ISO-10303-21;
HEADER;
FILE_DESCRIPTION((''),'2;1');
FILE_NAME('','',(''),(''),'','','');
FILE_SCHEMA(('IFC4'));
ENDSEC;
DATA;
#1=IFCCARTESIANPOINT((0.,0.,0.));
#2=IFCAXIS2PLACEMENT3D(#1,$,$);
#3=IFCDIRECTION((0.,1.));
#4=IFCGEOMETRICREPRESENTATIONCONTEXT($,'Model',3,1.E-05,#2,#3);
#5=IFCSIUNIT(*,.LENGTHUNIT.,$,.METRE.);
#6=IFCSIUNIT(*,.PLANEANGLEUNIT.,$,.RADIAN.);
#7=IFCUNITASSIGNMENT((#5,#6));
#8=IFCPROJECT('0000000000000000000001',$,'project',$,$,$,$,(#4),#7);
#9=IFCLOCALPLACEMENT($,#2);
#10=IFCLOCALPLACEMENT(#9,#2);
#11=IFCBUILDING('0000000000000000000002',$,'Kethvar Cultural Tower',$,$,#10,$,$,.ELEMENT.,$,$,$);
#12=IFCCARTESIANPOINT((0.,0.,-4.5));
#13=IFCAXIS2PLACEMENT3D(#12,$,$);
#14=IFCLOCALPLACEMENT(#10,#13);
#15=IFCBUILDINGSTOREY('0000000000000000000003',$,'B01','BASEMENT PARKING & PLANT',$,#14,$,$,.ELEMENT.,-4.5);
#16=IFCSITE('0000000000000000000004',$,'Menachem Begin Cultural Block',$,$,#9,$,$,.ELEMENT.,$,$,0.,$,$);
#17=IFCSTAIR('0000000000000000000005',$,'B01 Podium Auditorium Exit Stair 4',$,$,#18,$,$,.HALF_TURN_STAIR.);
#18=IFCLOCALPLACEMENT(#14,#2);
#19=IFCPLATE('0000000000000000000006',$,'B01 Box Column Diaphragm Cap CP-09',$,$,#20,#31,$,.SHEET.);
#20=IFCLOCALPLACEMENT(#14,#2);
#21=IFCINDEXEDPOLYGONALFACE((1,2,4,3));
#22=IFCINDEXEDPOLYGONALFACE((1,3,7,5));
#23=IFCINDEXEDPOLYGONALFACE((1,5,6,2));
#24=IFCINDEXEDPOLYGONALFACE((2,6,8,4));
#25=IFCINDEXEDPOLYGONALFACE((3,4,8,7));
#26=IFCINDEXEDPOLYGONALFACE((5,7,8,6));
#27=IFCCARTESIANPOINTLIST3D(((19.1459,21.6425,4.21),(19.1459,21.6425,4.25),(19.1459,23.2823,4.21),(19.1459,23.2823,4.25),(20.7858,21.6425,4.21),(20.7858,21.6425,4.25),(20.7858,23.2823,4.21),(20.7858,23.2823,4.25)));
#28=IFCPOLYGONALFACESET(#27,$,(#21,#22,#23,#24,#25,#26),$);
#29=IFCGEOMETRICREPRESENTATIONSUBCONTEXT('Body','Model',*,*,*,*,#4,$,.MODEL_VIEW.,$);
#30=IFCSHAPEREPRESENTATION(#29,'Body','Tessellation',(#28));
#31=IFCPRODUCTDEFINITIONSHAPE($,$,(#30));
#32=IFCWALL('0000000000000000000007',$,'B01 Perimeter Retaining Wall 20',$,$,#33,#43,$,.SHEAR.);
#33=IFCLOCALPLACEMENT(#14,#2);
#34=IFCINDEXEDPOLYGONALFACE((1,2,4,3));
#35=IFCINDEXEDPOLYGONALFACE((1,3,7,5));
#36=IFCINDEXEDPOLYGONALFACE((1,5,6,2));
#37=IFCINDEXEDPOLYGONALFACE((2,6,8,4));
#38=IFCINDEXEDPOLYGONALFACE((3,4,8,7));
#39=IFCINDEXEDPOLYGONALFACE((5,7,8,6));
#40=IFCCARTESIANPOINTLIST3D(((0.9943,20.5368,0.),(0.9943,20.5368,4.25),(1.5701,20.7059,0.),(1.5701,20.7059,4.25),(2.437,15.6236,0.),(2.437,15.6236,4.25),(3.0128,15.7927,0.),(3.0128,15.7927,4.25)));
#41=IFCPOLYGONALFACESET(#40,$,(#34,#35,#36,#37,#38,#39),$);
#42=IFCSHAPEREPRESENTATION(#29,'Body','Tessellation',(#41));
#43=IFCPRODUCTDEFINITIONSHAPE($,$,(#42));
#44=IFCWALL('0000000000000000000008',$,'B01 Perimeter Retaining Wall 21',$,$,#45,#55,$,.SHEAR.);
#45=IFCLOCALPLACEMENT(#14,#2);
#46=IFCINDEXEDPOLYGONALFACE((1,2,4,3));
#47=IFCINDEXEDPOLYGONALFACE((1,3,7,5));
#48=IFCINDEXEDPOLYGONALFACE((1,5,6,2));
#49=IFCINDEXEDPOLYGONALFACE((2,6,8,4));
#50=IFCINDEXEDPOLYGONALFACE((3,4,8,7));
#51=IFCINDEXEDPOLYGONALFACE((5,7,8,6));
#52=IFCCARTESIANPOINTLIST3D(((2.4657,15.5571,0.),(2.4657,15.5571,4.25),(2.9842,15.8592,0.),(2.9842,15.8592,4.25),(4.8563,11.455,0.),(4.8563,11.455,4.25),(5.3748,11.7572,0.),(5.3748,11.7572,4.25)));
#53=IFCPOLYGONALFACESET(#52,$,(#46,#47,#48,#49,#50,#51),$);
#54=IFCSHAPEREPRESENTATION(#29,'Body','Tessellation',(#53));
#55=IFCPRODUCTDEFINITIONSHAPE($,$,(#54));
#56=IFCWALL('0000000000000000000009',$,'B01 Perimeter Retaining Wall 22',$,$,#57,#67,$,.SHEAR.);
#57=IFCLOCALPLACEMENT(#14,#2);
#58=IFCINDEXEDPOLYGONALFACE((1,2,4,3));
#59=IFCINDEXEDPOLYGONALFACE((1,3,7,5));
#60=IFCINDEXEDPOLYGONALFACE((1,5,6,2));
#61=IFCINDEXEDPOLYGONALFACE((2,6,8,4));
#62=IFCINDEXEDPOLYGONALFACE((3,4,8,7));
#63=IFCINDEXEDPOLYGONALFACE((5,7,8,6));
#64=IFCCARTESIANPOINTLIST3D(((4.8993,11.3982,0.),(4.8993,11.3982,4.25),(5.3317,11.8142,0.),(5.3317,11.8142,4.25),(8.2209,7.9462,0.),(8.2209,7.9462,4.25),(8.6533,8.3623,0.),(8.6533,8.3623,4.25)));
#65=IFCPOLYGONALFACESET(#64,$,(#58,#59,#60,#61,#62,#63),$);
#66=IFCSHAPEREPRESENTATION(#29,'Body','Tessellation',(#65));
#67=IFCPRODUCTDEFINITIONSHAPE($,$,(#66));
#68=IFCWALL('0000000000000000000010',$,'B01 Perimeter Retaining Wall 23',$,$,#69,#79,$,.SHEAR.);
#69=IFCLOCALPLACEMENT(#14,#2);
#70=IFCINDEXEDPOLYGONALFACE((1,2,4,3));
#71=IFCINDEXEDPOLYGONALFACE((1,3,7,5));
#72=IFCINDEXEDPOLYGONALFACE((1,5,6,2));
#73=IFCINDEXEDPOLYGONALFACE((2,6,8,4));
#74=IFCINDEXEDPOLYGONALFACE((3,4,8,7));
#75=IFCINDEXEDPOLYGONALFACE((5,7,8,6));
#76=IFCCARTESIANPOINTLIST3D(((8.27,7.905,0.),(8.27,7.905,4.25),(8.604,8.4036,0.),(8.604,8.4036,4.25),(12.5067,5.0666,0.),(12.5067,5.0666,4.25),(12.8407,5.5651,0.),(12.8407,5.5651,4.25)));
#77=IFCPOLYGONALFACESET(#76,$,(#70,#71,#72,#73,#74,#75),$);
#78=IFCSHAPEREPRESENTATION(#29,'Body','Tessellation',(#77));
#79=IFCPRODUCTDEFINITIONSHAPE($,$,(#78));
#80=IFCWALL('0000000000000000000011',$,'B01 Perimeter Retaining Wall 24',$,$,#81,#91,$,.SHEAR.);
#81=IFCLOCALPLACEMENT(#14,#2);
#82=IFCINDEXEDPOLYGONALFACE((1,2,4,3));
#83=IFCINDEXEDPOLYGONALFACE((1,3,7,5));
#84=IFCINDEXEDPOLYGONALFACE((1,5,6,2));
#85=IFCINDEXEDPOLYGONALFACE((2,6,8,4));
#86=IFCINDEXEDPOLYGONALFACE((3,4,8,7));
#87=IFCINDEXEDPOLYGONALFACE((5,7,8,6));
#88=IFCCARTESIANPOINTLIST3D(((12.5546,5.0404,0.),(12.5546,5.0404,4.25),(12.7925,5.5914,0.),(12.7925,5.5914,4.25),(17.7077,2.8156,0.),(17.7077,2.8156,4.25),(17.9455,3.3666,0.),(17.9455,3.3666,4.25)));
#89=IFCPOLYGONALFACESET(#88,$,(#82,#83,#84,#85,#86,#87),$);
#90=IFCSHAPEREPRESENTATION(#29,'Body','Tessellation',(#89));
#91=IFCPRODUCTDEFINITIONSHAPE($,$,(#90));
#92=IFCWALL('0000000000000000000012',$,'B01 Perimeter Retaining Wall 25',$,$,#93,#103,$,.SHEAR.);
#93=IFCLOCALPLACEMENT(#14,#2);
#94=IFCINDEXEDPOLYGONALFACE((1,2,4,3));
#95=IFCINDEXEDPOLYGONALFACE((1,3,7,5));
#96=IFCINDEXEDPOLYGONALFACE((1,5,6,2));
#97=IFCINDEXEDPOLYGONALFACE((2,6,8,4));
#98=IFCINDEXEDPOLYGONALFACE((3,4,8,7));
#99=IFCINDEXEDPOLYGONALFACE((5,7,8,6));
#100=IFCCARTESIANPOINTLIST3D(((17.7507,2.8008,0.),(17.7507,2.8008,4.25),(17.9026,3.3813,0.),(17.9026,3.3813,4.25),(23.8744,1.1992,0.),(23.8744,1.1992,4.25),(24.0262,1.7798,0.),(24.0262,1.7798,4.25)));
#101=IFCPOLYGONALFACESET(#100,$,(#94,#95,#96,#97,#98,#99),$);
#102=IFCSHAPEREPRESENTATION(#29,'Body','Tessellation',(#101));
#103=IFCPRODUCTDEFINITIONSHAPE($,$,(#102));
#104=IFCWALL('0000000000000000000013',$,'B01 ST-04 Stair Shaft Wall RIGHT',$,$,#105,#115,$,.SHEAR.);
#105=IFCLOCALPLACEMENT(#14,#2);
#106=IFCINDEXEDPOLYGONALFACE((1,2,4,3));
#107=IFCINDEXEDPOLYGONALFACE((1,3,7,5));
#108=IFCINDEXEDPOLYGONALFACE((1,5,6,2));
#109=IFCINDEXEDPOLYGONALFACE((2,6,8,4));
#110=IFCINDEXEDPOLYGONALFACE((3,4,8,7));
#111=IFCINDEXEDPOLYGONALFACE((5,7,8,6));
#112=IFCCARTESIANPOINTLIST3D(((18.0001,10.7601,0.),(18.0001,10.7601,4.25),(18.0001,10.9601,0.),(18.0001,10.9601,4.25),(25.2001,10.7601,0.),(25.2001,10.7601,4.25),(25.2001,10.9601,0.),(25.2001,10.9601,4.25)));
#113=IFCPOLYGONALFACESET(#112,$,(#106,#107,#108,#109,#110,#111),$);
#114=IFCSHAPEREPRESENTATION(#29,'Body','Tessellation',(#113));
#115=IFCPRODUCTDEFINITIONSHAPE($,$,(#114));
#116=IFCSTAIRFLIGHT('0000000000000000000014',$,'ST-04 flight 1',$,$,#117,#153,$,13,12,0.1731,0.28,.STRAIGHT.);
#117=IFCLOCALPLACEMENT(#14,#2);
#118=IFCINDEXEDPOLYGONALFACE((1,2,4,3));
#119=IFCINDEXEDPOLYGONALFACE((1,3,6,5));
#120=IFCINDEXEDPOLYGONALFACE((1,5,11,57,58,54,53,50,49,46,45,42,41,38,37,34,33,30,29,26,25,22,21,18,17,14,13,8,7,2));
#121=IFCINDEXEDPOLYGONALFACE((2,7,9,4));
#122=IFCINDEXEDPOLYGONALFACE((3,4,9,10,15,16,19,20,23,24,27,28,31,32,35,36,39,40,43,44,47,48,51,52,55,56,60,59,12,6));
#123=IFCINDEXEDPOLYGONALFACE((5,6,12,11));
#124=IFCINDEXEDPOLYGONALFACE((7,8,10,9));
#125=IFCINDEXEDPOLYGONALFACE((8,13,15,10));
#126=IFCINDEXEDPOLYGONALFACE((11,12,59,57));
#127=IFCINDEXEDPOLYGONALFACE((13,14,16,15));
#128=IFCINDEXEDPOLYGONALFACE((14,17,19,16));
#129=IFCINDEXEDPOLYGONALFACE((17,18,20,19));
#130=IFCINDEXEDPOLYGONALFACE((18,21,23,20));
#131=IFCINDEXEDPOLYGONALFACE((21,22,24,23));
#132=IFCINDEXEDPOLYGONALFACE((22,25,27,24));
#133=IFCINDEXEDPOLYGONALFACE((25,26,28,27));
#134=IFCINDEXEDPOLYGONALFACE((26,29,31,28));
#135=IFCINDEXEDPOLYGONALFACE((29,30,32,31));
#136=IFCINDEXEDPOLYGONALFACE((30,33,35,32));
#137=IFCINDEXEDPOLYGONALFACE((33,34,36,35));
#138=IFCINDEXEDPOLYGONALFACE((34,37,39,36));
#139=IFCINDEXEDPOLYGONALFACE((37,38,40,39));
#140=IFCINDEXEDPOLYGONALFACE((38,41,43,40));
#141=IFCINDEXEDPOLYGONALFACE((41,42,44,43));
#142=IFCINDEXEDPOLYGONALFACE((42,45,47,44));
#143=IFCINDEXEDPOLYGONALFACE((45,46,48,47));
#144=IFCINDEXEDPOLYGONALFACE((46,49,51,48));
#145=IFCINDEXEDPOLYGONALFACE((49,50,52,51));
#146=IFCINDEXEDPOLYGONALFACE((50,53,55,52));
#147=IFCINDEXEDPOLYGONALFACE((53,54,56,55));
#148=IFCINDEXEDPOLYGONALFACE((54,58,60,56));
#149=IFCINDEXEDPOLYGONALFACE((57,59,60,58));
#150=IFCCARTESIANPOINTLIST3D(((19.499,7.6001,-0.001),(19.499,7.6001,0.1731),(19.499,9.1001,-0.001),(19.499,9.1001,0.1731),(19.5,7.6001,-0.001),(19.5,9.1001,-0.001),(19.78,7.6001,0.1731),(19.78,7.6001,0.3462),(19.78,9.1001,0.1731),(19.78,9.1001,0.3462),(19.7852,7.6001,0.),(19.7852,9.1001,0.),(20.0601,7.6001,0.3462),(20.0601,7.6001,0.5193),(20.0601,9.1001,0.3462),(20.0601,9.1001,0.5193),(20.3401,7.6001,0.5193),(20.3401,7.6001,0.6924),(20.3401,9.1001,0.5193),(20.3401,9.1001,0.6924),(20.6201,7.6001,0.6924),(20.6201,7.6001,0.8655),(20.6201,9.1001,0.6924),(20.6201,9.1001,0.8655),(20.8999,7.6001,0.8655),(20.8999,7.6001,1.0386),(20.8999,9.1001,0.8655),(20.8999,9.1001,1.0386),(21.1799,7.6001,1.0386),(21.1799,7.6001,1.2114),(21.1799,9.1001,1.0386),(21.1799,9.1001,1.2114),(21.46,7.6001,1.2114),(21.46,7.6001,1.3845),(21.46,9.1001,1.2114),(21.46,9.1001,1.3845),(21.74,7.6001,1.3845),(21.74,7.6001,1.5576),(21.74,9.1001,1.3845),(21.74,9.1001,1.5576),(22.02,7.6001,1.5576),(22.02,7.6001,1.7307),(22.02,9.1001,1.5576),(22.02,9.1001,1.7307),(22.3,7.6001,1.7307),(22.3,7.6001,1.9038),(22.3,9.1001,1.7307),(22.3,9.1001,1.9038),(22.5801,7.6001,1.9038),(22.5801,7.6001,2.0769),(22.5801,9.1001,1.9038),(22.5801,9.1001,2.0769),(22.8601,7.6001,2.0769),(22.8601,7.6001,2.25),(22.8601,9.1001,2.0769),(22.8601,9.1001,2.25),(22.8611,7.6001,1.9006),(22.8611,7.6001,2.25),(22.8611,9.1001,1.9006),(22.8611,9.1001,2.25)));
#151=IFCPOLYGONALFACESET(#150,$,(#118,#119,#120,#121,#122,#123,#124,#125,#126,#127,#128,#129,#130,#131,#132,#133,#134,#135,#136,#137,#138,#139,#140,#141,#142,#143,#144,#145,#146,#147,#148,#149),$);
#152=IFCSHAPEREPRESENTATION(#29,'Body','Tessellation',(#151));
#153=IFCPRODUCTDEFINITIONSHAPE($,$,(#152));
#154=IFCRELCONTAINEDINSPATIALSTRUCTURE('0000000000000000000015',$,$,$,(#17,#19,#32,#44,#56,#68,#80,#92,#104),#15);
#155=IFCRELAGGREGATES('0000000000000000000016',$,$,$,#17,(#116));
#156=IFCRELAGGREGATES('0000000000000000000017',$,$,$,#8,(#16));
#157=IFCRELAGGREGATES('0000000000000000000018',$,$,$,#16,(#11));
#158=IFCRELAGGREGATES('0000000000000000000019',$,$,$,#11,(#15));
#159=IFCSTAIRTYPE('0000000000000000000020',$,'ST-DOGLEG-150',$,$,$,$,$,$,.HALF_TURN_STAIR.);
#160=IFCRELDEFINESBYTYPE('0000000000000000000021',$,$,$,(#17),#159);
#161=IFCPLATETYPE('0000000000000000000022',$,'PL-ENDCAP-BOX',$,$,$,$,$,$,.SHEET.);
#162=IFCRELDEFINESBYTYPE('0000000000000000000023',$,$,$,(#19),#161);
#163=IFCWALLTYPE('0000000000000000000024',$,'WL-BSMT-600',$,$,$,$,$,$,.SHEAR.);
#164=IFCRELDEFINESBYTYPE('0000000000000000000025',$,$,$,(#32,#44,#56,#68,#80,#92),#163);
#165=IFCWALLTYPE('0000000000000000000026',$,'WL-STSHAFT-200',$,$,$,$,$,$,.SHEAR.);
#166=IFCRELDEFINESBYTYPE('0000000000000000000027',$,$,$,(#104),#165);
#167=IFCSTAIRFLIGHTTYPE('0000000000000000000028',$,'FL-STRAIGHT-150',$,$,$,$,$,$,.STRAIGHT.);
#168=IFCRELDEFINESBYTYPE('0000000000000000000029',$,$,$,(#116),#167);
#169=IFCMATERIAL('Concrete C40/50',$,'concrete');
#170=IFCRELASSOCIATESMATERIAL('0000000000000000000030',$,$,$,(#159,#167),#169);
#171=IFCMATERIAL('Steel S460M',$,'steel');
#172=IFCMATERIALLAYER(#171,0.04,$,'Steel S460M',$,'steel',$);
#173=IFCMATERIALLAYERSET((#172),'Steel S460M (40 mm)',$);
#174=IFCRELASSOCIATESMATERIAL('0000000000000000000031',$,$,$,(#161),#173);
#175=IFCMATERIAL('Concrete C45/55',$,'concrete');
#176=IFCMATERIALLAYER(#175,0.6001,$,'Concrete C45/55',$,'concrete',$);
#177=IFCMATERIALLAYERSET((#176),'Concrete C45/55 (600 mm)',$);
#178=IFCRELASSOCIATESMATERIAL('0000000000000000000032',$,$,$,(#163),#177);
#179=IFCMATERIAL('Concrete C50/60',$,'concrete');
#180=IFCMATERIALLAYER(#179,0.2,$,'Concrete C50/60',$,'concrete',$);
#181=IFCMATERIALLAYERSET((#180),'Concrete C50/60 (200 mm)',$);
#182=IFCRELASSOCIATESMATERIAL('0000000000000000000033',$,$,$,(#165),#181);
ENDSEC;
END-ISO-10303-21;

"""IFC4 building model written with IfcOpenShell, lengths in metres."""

from ifc_helpers import new_model, si_unit, direction, frame, frame_2d, origin, origin_2d, place, context, subcontext, project, spatial, polyline, rectangle, outline, extrude, source, transform, mapped, material, layer, layer_set, type_object, element, aggregate, save


model = new_model("IFC4")

# Units and contexts
model_context = context("Model", 3, precision=1e-05, world=origin(), true_north=direction((0.0, 1.0)))
body_context = subcontext(model_context, "Body", "Model", "MODEL_VIEW")
ifc_project = project(units=[si_unit("LENGTHUNIT", "METRE"), si_unit("PLANEANGLEUNIT", "RADIAN")], contexts=[model_context])

# Site, building, storey
site_placement = place(None, origin())
site = spatial("IfcSite", under=ifc_project, at=site_placement, Name="Menachem Begin Cultural Block", CompositionType="ELEMENT", RefElevation=0.0)
building_placement = place(site_placement, origin())
building = spatial("IfcBuilding", under=site, at=building_placement, Name="Kethvar Cultural Tower", CompositionType="ELEMENT")
storey_placement = place(building_placement, frame((0.0, 0.0, -4.5)))
storey = spatial("IfcBuildingStorey", under=building, at=storey_placement, Name="B01", Description="BASEMENT PARKING & PLANT", CompositionType="ELEMENT", Elevation=-4.5)

# Shared definitions
ifc_material_1 = material(Name="Concrete C50/60", Category="concrete")
ifc_material_2 = material(Name="Steel S460M", Category="steel")

# Shared definitions
ifc_material_3 = material(Name="Concrete C40/50", Category="concrete")

# Stair
stair_type_1 = type_object("IfcStairType", Name="ST-DOGLEG-150", PredefinedType="HALF_TURN_STAIR", material=ifc_material_3)
stair_1_placement = place(storey_placement, origin())
stair_1 = element("IfcStair", 1, at=stair_1_placement, inside=storey, type_object=stair_type_1, Name="B01 Podium Auditorium Exit Stair 4", PredefinedType="HALF_TURN_STAIR")

# Plate
ifc_layer_1 = layer(ifc_material_2, 0.04, Name="Steel S460M", Category="steel")
ifc_layer_set_1 = layer_set([ifc_layer_1], Name="Steel S460M (40 mm)")
plate_type = type_object("IfcPlateType", Name="PL-ENDCAP-BOX", PredefinedType="SHEET", material=ifc_layer_set_1)
shared_shape_1 = source(origin(), body_context, "Body", "SweptSolid", [
    extrude(rectangle(XDim=1.6399, YDim=1.6399, at=origin_2d()), origin(), (0.0, 0.0, 1.0), 0.04),
])
plate_placement = place(storey_placement, frame((19.9658, 22.4624, 4.21), z_axis=(0.0, 0.0, 1.0), x_axis=(1.0, 0.0, 0.0)))
element("IfcPlate", 2, at=plate_placement, inside=storey, type_object=plate_type, Name="B01 Box Column Diaphragm Cap CP-09", PredefinedType="SHEET", context=body_context, shape_type="MappedRepresentation", body=[
    mapped(shared_shape_1, transform((0.0, 0.0, 0.0), scale=1.0)),
])

# Walls
ifc_material_4 = material(Name="Concrete C45/55", Category="concrete")
ifc_layer_2 = layer(ifc_material_4, 0.6001, Name="Concrete C45/55", Category="concrete")
ifc_layer_set_2 = layer_set([ifc_layer_2], Name="Concrete C45/55 (600 mm)")
wall_type_1 = type_object("IfcWallType", Name="WL-BSMT-600", PredefinedType="SHEAR", material=ifc_layer_set_2)
wall_1_placement = place(storey_placement, frame((1.2822, 20.6213, 0.0), z_axis=(0.0, 0.0, 1.0), x_axis=(0.281735, -0.959492, 0.0)))
element("IfcWall", 3, at=wall_1_placement, inside=storey, type_object=wall_type_1, Name="B01 Perimeter Retaining Wall 20", PredefinedType="SHEAR", context=body_context, shape_type="SweptSolid", body=[
    extrude(rectangle(XDim=5.1206, YDim=0.6001, at=frame_2d((2.5603, 0.0))), origin(), (0.0, 0.0, 1.0), 4.25),
])
wall_2_placement = place(storey_placement, frame((2.7249, 15.7083, 0.0), z_axis=(0.0, 0.0, 1.0), x_axis=(0.503519, -0.863984, 0.0)))
element("IfcWall", 4, at=wall_2_placement, inside=storey, type_object=wall_type_1, Name="B01 Perimeter Retaining Wall 21", PredefinedType="SHEAR", context=body_context, shape_type="SweptSolid", body=[
    extrude(rectangle(XDim=4.7478, YDim=0.6001, at=frame_2d((2.374, 0.0))), origin(), (0.0, 0.0, 1.0), 4.25),
])
wall_3_placement = place(storey_placement, frame((5.1155, 11.6062, 0.0), z_axis=(0.0, 0.0, 1.0), x_axis=(0.693368, -0.720583, 0.0)))
element("IfcWall", 5, at=wall_3_placement, inside=storey, type_object=wall_type_1, Name="B01 Perimeter Retaining Wall 22", PredefinedType="SHEAR", context=body_context, shape_type="SweptSolid", body=[
    extrude(rectangle(XDim=4.7905, YDim=0.6001, at=frame_2d((2.3953, 0.0))), origin(), (0.0, 0.0, 1.0), 4.25),
])
wall_4_placement = place(storey_placement, frame((8.437, 8.1543, 0.0), z_axis=(0.0, 0.0, 1.0), x_axis=(0.830781, -0.556599, 0.0)))
element("IfcWall", 6, at=wall_4_placement, inside=storey, type_object=wall_type_1, Name="B01 Perimeter Retaining Wall 23", PredefinedType="SHEAR", context=body_context, shape_type="SweptSolid", body=[
    extrude(rectangle(XDim=5.0996, YDim=0.6001, at=frame_2d((2.5498, 0.0))), origin(), (0.0, 0.0, 1.0), 4.25),
])
wall_5_placement = place(storey_placement, frame((12.6736, 5.3159, 0.0), z_axis=(0.0, 0.0, 1.0), x_axis=(0.918084, -0.396385, 0.0)))
element("IfcWall", 7, at=wall_5_placement, inside=storey, type_object=wall_type_1, Name="B01 Perimeter Retaining Wall 24", PredefinedType="SHEAR", context=body_context, shape_type="SweptSolid", body=[
    extrude(rectangle(XDim=5.6128, YDim=0.6001, at=frame_2d((2.8064, 0.0))), origin(), (0.0, 0.0, 1.0), 4.25),
])
wall_6_placement = place(storey_placement, frame((17.8267, 3.0911, 0.0), z_axis=(0.0, 0.0, 1.0), x_axis=(0.967458, -0.253031, 0.0)))
element("IfcWall", 8, at=wall_6_placement, inside=storey, type_object=wall_type_1, Name="B01 Perimeter Retaining Wall 25", PredefinedType="SHEAR", context=body_context, shape_type="SweptSolid", body=[
    extrude(rectangle(XDim=6.3296, YDim=0.6001, at=frame_2d((3.1648, 0.0))), origin(), (0.0, 0.0, 1.0), 4.25),
])

# Shared definitions
ifc_layer_3 = layer(ifc_material_1, 0.2, Name="Concrete C50/60", Category="concrete")
ifc_layer_set_3 = layer_set([ifc_layer_3], Name="Concrete C50/60 (200 mm)")
wall_type_2 = type_object("IfcWallType", Name="WL-STSHAFT-200", PredefinedType="SHEAR", material=ifc_layer_set_3)

# Wall
wall_7_placement = place(storey_placement, frame((18.0, 10.8601, 0.0), z_axis=(0.0, 0.0, 1.0), x_axis=(1.0, 0.0, 0.0)))
element("IfcWall", 9, at=wall_7_placement, inside=storey, type_object=wall_type_2, Name="B01 ST-04 Stair Shaft Wall RIGHT", PredefinedType="SHEAR", context=body_context, shape_type="SweptSolid", body=[
    extrude(rectangle(XDim=7.2, YDim=0.2, at=frame_2d((3.6001, 0.0))), origin(), (0.0, 0.0, 1.0), 4.25),
])

# Stair flight
stair_flight_type = type_object("IfcStairFlightType", Name="FL-STRAIGHT-150", PredefinedType="STRAIGHT", material=ifc_material_3)
stair_flight_1_placement = place(storey_placement, frame((19.5, 8.3501, 0.0), z_axis=(0.0, 0.0, 1.0), x_axis=(1.0, 0.0, 0.0)))
stair_flight_1 = element("IfcStairFlight", 10, at=stair_flight_1_placement, type_object=stair_flight_type, Name="ST-04 flight 1", NumberOfRisers=13, NumberOfTreads=12, PredefinedType="STRAIGHT", RiserHeight=0.1731, TreadLength=0.28, context=body_context, shape_type="SweptSolid", body=[
    extrude(outline(polyline([(-0.001, -0.001), (-0.001, 0.1731), (0.28, 0.1731), (0.28, 0.3462), (0.5601, 0.3462), (0.5601, 0.5193), (0.8401, 0.5193), (0.8401, 0.6924), (1.1201, 0.6924), (1.1201, 0.8655), (1.3999, 0.8655), (1.3999, 1.0386), (1.6799, 1.0386), (1.6799, 1.2114), (1.96, 1.2114), (1.96, 1.3845), (2.24, 1.3845), (2.24, 1.5576), (2.52, 1.5576), (2.52, 1.7307), (2.8, 1.7307), (2.8, 1.9038), (3.0801, 1.9038), (3.0801, 2.0769), (3.3601, 2.0769), (3.3601, 2.25), (3.3611, 2.25), (3.3611, 1.9006), (0.2852, 0.0), (0.0, -0.001), (-0.001, -0.001)])), frame((0.0, 0.75, 0.0), z_axis=(0.0, -1.0, 0.0), x_axis=(1.0, 0.0, 0.0)), (0.0, 0.0, 1.0), 1.5),
])
aggregate(stair_1, [stair_flight_1])

save(model, "model.ifc")
